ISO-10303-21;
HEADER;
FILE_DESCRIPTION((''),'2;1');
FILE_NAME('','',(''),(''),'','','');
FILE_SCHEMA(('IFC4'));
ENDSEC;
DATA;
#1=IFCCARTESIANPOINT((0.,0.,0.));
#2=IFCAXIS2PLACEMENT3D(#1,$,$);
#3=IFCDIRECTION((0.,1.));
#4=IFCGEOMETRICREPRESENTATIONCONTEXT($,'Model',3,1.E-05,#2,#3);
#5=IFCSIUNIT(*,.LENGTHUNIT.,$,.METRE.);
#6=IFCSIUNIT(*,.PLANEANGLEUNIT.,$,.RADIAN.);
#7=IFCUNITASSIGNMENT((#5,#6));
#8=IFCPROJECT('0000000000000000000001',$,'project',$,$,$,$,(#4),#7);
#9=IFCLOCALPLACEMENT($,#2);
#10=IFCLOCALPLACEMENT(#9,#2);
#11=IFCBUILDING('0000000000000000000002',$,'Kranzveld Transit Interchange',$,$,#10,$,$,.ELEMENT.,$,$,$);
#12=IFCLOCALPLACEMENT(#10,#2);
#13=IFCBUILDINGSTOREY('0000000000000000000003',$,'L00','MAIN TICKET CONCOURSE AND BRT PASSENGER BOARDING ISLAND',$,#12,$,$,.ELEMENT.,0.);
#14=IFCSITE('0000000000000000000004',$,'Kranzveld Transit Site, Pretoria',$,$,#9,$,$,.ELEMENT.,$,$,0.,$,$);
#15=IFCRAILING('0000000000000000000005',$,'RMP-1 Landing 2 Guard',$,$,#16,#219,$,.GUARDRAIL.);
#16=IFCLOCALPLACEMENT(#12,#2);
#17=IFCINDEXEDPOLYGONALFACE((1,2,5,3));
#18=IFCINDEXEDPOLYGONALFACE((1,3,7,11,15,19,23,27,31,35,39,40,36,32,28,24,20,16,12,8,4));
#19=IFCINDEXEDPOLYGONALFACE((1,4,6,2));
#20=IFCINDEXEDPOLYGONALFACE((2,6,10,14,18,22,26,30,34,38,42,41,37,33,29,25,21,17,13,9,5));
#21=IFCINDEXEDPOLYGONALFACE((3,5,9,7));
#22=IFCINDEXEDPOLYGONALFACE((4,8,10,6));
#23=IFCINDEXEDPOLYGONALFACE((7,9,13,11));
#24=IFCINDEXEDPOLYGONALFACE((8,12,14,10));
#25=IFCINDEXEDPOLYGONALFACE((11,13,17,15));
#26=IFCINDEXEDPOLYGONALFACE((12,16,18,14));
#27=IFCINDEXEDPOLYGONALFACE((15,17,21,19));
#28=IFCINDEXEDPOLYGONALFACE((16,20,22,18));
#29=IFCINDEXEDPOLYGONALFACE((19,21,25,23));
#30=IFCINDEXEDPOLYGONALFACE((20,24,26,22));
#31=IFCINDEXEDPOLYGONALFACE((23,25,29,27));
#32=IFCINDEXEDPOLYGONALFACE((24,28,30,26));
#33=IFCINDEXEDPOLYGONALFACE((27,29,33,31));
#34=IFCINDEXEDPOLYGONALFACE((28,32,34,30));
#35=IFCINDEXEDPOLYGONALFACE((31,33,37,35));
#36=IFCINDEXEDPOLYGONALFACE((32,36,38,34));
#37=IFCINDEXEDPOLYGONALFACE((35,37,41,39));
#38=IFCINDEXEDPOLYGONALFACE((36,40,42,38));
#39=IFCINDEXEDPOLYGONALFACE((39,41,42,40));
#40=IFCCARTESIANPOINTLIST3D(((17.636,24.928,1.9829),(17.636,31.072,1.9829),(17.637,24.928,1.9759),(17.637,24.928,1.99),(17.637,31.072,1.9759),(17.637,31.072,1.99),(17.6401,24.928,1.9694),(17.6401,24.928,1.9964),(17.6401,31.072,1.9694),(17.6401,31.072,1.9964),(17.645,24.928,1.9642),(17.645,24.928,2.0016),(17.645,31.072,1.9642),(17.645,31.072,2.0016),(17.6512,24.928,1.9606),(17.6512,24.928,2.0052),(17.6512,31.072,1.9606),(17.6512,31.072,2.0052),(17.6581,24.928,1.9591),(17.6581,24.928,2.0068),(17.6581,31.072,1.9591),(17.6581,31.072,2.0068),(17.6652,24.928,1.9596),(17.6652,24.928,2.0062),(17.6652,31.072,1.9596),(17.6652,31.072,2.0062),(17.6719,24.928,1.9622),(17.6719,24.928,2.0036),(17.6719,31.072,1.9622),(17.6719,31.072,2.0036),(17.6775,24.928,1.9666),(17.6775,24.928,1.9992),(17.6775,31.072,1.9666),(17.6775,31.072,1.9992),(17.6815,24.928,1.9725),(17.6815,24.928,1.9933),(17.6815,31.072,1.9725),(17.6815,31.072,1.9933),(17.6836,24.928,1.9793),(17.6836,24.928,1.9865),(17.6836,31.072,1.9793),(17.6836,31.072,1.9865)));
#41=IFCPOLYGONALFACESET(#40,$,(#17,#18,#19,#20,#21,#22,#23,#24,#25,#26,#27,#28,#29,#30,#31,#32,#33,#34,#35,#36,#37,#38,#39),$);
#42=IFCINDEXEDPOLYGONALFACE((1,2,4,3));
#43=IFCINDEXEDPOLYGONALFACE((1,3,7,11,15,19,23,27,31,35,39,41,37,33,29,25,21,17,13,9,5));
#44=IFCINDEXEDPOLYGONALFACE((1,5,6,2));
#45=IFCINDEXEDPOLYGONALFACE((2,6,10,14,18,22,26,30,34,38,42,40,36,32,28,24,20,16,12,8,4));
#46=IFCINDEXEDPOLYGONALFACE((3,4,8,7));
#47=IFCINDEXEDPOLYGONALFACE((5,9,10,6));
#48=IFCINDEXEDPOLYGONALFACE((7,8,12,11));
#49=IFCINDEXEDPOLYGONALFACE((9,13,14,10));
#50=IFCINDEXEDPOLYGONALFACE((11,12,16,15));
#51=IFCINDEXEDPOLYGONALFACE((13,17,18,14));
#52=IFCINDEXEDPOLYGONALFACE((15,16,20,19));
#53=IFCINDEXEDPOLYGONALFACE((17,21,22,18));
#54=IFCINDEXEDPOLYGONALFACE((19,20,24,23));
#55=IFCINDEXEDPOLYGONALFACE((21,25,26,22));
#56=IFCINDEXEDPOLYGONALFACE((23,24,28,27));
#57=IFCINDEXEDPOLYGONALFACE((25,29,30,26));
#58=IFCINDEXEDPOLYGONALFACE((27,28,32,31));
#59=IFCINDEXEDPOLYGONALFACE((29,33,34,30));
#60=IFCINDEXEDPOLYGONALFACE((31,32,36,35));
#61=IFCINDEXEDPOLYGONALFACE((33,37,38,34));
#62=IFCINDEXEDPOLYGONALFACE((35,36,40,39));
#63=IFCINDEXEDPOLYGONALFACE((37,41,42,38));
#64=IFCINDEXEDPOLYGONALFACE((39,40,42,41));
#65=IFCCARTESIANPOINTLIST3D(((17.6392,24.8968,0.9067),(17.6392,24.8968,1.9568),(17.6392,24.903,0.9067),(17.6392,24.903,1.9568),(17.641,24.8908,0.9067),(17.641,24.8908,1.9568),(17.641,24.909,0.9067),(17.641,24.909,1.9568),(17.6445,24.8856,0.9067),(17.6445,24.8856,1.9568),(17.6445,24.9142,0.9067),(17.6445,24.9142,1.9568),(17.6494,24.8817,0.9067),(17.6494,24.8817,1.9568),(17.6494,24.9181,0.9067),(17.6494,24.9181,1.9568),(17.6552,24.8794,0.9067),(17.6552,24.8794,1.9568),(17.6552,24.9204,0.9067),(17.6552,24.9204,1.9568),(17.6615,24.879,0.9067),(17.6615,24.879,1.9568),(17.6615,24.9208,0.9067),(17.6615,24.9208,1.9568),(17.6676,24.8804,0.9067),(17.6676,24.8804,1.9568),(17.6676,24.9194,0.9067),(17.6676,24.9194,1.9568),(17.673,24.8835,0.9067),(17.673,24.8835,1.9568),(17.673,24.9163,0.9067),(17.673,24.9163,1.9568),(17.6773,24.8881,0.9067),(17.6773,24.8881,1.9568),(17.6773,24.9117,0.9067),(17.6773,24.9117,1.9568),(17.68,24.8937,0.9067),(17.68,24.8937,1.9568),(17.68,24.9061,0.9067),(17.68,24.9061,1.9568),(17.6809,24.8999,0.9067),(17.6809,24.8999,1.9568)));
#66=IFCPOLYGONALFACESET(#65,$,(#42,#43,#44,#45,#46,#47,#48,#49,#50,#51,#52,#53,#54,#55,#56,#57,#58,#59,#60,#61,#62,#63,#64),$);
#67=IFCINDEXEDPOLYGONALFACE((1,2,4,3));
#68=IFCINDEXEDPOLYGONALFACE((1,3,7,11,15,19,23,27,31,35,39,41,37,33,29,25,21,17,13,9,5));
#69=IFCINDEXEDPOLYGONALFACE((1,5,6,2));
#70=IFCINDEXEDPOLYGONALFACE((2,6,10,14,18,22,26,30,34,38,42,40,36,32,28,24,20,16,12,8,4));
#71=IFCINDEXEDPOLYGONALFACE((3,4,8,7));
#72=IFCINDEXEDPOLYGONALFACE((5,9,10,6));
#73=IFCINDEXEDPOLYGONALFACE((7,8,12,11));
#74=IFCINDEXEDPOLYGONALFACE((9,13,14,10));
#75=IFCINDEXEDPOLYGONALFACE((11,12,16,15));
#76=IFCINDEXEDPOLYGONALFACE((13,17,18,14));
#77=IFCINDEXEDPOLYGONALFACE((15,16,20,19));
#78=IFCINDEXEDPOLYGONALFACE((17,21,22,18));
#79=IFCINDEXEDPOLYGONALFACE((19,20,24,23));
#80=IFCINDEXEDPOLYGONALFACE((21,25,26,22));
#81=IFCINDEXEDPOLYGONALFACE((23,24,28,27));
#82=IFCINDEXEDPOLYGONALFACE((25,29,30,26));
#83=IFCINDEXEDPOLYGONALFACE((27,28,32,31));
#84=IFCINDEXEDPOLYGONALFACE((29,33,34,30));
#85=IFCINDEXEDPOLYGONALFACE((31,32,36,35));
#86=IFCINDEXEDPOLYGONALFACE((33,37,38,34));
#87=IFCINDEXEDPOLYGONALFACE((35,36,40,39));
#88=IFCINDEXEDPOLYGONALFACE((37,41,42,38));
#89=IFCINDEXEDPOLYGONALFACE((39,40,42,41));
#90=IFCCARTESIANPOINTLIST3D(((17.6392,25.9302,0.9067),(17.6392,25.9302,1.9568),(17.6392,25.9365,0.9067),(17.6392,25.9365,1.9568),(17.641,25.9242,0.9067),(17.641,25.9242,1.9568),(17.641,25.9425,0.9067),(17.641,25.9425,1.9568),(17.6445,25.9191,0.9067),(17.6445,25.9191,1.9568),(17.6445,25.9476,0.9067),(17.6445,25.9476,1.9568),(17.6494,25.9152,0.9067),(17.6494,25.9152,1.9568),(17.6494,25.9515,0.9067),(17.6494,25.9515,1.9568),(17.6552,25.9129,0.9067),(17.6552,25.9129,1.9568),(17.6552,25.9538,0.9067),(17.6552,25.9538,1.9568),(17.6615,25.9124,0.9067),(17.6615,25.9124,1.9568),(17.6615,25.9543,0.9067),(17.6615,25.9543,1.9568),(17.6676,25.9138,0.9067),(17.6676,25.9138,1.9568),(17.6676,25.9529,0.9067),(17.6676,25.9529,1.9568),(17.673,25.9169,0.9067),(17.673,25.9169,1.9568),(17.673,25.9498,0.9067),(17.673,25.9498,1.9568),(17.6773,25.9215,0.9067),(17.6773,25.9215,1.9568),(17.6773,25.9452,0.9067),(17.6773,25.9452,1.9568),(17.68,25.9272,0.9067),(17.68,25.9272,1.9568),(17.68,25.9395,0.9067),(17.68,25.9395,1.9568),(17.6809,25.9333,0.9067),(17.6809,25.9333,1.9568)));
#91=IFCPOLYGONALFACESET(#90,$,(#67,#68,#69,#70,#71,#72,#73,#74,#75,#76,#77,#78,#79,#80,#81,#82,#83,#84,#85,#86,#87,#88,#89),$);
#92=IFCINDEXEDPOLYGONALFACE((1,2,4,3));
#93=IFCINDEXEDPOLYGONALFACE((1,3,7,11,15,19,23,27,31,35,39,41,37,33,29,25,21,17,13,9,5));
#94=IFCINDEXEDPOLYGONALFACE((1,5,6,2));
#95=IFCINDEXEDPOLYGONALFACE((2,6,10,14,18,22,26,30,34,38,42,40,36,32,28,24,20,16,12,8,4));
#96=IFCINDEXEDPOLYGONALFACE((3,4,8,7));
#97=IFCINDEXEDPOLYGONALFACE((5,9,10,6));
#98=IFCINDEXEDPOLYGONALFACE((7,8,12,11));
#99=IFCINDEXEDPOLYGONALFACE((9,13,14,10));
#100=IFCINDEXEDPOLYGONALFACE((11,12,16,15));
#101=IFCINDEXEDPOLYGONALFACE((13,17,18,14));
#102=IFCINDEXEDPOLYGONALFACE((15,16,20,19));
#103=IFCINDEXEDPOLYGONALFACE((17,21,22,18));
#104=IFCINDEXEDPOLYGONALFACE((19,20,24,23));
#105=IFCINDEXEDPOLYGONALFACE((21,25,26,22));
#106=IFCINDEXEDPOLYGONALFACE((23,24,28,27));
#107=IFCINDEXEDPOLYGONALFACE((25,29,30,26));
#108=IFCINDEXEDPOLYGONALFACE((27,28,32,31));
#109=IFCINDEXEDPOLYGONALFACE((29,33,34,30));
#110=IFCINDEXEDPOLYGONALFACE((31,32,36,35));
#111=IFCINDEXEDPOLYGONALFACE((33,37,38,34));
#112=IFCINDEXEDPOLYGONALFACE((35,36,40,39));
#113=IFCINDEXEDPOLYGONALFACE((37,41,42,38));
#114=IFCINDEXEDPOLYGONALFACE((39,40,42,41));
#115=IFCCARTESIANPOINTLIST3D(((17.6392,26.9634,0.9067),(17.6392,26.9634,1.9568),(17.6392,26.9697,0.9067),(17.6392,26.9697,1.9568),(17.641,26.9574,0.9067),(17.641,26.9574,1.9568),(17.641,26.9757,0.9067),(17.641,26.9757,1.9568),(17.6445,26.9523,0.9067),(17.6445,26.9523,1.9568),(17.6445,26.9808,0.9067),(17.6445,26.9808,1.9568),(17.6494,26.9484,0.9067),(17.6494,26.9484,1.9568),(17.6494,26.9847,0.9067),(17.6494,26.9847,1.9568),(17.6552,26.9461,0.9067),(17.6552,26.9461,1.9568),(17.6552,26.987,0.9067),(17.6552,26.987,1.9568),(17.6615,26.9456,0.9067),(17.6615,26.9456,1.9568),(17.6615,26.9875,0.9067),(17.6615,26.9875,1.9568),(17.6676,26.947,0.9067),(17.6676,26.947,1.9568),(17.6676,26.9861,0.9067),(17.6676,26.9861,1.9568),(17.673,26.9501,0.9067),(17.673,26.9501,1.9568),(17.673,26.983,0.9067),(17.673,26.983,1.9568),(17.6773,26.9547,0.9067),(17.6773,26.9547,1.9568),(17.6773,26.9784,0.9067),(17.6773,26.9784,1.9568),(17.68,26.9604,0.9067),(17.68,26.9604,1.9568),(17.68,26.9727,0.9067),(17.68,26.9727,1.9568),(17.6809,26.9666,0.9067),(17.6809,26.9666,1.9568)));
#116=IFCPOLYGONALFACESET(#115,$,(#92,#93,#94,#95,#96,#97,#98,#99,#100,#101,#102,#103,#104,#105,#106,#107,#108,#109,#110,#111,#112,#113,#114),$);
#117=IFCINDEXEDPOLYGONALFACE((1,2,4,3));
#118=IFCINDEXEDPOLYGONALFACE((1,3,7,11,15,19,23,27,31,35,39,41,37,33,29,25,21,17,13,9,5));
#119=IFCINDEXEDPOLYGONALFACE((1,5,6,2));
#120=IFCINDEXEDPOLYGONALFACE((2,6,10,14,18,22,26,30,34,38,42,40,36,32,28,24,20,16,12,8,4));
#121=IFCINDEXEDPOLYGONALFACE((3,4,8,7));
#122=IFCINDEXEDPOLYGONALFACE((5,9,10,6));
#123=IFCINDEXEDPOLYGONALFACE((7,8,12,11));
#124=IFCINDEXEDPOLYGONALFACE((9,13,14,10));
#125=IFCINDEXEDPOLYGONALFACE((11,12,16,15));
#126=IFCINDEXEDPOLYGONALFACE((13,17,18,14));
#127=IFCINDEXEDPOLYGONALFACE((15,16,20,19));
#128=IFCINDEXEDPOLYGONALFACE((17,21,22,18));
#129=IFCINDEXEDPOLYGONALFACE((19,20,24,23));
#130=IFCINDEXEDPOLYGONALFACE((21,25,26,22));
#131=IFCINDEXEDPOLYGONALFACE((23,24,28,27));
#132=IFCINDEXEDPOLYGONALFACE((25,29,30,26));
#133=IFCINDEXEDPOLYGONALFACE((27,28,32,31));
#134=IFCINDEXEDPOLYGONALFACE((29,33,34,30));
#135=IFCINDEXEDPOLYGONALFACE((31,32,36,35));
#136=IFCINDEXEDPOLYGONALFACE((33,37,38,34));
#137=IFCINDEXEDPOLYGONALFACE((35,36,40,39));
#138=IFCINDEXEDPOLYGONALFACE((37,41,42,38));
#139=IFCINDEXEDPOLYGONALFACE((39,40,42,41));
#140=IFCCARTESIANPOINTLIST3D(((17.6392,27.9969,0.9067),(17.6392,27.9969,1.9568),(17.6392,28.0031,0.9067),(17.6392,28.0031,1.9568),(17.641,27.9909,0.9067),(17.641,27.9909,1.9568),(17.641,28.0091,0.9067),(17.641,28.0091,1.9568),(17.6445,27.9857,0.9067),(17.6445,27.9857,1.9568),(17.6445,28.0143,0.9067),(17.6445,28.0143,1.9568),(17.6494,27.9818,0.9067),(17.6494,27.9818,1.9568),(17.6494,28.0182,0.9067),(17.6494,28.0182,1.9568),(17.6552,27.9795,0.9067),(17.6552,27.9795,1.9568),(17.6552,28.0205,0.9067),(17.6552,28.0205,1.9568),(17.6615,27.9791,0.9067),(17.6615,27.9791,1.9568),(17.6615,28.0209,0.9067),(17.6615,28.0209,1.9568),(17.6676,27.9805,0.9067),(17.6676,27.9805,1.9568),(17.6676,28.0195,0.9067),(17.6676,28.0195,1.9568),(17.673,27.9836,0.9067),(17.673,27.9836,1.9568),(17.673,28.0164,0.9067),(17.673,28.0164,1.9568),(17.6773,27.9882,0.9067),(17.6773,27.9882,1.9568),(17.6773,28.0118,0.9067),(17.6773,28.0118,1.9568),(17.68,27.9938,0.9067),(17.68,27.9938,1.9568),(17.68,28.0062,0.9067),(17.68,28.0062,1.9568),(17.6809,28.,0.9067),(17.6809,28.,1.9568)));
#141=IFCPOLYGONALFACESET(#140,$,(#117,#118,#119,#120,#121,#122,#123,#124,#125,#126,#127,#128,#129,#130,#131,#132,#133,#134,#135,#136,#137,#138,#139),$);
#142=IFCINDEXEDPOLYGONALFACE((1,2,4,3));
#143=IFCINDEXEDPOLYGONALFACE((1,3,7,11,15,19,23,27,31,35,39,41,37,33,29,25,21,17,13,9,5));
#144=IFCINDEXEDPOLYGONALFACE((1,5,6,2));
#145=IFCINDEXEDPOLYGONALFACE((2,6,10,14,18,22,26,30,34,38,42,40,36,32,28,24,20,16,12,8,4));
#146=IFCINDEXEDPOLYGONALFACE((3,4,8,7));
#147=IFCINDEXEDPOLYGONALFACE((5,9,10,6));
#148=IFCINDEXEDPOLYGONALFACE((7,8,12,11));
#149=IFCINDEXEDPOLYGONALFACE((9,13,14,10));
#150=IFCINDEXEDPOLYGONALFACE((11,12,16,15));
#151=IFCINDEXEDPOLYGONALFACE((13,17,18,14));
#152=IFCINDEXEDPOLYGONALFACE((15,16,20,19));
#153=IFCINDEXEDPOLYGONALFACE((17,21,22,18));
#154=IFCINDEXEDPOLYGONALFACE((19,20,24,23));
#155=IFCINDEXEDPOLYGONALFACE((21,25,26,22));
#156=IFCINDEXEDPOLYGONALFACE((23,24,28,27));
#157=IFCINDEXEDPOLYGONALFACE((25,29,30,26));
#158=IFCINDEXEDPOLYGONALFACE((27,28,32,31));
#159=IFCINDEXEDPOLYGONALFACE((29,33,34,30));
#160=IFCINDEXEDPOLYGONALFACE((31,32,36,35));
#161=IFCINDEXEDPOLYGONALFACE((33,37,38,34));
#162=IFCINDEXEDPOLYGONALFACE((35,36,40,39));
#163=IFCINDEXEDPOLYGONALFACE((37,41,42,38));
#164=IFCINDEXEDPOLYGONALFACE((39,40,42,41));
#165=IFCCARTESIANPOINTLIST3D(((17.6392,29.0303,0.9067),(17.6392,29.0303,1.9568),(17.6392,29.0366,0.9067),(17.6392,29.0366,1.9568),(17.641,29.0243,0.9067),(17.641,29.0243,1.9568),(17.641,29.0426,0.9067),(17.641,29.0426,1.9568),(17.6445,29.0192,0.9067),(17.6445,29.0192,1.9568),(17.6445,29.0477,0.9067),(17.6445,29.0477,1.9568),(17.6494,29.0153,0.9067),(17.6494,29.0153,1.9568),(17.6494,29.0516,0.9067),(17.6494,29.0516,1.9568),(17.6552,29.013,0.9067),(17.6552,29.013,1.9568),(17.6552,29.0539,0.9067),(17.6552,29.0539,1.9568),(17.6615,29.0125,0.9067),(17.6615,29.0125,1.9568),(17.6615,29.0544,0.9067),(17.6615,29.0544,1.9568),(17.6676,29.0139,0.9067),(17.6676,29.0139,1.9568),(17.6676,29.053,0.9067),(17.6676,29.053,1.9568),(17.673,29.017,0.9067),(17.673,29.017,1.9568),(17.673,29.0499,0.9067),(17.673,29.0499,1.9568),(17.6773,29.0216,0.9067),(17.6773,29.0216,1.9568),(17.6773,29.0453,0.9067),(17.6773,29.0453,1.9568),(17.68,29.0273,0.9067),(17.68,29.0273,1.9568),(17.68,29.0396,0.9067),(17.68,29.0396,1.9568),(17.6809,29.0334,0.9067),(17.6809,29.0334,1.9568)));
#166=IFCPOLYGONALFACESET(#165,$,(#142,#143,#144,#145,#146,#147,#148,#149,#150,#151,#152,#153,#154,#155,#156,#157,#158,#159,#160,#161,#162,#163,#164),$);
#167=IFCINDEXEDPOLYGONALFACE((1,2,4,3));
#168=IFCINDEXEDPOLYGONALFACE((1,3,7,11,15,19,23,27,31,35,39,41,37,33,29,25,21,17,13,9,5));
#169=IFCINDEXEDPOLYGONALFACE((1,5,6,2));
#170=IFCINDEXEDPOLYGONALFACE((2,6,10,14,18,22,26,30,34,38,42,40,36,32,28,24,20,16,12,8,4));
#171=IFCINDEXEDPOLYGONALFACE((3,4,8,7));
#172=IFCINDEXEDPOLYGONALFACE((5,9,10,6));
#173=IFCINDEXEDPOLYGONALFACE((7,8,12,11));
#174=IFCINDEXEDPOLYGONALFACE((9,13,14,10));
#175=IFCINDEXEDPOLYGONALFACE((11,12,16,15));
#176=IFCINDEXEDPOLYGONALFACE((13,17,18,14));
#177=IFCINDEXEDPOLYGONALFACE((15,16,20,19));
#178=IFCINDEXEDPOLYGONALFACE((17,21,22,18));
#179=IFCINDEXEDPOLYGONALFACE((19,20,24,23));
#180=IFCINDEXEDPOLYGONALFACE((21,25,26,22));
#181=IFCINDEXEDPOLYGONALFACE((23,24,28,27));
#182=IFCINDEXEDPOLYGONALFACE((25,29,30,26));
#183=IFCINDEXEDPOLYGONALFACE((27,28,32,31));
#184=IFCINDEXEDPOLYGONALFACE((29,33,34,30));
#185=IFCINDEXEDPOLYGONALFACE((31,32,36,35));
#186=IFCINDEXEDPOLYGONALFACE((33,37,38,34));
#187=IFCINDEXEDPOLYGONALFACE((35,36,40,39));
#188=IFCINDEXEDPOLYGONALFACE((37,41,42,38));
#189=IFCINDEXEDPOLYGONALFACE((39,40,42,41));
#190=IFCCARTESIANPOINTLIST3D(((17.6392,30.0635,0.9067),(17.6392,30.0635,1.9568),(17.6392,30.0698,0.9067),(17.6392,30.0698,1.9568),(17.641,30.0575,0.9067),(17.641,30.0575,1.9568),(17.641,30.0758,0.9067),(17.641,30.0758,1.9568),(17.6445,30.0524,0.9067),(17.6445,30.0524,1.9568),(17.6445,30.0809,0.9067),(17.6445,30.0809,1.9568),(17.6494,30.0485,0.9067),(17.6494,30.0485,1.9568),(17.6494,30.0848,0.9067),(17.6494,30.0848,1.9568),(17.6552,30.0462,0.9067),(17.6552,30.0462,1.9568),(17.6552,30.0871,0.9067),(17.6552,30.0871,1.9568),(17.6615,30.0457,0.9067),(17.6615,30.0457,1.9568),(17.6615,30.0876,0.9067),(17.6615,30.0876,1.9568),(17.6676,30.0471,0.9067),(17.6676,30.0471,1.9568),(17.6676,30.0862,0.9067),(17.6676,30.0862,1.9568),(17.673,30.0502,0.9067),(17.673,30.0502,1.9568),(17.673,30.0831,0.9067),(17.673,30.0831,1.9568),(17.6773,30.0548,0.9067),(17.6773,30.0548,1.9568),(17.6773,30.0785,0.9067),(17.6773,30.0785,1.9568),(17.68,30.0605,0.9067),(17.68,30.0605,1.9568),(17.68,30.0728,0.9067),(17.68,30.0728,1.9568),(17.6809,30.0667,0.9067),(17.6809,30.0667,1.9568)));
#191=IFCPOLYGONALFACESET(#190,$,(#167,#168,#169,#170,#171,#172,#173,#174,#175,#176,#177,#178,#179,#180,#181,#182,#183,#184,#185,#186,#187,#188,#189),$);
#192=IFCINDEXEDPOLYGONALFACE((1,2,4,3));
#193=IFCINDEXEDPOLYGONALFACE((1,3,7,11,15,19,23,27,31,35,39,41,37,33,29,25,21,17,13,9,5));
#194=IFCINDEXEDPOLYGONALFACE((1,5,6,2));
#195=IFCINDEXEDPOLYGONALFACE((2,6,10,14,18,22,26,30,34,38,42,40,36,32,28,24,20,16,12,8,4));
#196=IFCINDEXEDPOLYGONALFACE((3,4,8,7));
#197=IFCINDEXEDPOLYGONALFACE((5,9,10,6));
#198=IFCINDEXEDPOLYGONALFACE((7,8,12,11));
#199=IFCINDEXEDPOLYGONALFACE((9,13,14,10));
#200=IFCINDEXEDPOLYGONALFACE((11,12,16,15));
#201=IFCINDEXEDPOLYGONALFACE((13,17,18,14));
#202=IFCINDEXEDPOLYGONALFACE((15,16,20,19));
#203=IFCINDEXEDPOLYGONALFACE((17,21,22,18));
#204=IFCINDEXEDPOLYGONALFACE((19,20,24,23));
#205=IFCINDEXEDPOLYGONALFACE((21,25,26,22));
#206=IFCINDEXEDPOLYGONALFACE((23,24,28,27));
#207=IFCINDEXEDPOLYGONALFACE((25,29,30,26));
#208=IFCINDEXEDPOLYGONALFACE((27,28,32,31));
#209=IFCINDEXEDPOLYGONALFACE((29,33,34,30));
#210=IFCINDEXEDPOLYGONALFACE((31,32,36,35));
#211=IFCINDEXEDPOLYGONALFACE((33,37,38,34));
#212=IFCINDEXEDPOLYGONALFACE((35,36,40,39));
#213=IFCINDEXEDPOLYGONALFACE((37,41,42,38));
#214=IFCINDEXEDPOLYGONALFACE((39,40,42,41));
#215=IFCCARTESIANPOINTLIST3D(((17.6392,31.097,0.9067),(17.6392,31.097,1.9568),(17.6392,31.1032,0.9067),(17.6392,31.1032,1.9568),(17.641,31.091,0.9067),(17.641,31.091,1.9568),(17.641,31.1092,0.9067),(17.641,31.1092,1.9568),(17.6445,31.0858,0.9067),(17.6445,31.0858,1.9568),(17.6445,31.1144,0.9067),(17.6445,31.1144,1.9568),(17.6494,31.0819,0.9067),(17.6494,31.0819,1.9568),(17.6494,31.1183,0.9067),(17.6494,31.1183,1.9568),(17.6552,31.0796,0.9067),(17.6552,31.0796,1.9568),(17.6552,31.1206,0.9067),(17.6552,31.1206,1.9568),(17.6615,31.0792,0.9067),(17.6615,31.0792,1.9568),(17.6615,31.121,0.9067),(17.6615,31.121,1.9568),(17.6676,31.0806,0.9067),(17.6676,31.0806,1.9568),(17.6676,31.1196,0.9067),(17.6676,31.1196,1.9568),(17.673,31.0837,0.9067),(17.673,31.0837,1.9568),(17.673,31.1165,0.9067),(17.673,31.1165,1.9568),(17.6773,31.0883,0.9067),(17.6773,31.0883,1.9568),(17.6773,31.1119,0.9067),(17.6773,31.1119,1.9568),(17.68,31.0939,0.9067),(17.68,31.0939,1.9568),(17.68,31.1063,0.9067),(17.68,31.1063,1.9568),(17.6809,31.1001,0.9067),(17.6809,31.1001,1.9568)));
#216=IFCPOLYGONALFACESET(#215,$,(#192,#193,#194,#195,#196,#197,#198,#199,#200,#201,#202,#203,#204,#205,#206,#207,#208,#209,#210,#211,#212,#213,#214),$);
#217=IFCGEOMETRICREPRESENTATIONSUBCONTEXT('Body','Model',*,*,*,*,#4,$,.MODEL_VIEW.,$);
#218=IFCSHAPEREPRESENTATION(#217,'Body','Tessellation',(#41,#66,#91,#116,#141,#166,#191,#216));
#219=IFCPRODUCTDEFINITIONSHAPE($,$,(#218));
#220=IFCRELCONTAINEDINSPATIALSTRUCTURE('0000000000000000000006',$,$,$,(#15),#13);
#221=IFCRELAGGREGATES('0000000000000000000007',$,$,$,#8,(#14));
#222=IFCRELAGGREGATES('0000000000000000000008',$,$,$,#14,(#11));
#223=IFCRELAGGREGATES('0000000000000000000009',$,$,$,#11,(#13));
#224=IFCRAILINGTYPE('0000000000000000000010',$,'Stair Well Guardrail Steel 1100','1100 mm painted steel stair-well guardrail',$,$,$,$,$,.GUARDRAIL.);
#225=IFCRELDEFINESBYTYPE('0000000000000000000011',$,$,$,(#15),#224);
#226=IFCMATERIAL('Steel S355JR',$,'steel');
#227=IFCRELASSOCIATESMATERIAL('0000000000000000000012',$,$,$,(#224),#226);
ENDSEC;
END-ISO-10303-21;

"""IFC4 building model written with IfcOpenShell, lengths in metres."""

from ifc_helpers import new_model, si_unit, direction, frame, origin, origin_2d, place, context, subcontext, project, spatial, circle, extrude, material, type_object, element, save


model = new_model("IFC4")

# Units and contexts
model_context = context("Model", 3, precision=1e-05, world=origin(), true_north=direction((0.0, 1.0)))
body_context = subcontext(model_context, "Body", "Model", "MODEL_VIEW")
ifc_project = project(units=[si_unit("LENGTHUNIT", "METRE"), si_unit("PLANEANGLEUNIT", "RADIAN")], contexts=[model_context])

# Site, building, storey
site_placement = place(None, origin())
site = spatial("IfcSite", under=ifc_project, at=site_placement, Name="Kranzveld Transit Site, Pretoria", CompositionType="ELEMENT", RefElevation=0.0)
building_placement = place(site_placement, origin())
building = spatial("IfcBuilding", under=site, at=building_placement, Name="Kranzveld Transit Interchange", CompositionType="ELEMENT")
storey_placement = place(building_placement, origin())
storey = spatial("IfcBuildingStorey", under=building, at=storey_placement, Name="L00", Description="MAIN TICKET CONCOURSE AND BRT PASSENGER BOARDING ISLAND", CompositionType="ELEMENT", Elevation=0.0)

# Railing
ifc_material_1 = material(Name="Steel S355JR", Category="steel")
railing_type = type_object("IfcRailingType", Name="Stair Well Guardrail Steel 1100", Description="1100 mm painted steel stair-well guardrail", PredefinedType="GUARDRAIL", material=ifc_material_1)
for number, where, name in (
    (1, (17.6599, 24.8999, 0.9067), "RMP-1 Landing 2 Guard"),
):
    element("IfcRailing", number, at=place(storey_placement, frame(where)), inside=storey, type_object=railing_type, Name=name, PredefinedType="GUARDRAIL", context=body_context, shape_type="SweptSolid", body=[
        extrude(circle(Radius=0.0239, at=origin_2d()), frame((0.0, 0.0281, 1.0762), z_axis=(0.0, 1.0, 0.0), x_axis=(-1.0, 0.0, 0.0)), (0.0, 0.0, 1.0), 6.144),
        extrude(circle(Radius=0.021, at=origin_2d()), origin(), (0.0, 0.0, 1.0), 1.05),
        extrude(circle(Radius=0.021, at=origin_2d()), frame((0.0, 1.0334, 0.0)), (0.0, 0.0, 1.0), 1.05),
        extrude(circle(Radius=0.021, at=origin_2d()), frame((0.0, 2.0667, 0.0)), (0.0, 0.0, 1.0), 1.05),
        extrude(circle(Radius=0.021, at=origin_2d()), frame((0.0, 3.1001, 0.0)), (0.0, 0.0, 1.0), 1.05),
        extrude(circle(Radius=0.021, at=origin_2d()), frame((0.0, 4.1335, 0.0)), (0.0, 0.0, 1.0), 1.05),
        extrude(circle(Radius=0.021, at=origin_2d()), frame((0.0, 5.1667, 0.0)), (0.0, 0.0, 1.0), 1.05),
        extrude(circle(Radius=0.021, at=origin_2d()), frame((0.0, 6.2002, 0.0)), (0.0, 0.0, 1.0), 1.05),
    ])

save(model, "model.ifc")
